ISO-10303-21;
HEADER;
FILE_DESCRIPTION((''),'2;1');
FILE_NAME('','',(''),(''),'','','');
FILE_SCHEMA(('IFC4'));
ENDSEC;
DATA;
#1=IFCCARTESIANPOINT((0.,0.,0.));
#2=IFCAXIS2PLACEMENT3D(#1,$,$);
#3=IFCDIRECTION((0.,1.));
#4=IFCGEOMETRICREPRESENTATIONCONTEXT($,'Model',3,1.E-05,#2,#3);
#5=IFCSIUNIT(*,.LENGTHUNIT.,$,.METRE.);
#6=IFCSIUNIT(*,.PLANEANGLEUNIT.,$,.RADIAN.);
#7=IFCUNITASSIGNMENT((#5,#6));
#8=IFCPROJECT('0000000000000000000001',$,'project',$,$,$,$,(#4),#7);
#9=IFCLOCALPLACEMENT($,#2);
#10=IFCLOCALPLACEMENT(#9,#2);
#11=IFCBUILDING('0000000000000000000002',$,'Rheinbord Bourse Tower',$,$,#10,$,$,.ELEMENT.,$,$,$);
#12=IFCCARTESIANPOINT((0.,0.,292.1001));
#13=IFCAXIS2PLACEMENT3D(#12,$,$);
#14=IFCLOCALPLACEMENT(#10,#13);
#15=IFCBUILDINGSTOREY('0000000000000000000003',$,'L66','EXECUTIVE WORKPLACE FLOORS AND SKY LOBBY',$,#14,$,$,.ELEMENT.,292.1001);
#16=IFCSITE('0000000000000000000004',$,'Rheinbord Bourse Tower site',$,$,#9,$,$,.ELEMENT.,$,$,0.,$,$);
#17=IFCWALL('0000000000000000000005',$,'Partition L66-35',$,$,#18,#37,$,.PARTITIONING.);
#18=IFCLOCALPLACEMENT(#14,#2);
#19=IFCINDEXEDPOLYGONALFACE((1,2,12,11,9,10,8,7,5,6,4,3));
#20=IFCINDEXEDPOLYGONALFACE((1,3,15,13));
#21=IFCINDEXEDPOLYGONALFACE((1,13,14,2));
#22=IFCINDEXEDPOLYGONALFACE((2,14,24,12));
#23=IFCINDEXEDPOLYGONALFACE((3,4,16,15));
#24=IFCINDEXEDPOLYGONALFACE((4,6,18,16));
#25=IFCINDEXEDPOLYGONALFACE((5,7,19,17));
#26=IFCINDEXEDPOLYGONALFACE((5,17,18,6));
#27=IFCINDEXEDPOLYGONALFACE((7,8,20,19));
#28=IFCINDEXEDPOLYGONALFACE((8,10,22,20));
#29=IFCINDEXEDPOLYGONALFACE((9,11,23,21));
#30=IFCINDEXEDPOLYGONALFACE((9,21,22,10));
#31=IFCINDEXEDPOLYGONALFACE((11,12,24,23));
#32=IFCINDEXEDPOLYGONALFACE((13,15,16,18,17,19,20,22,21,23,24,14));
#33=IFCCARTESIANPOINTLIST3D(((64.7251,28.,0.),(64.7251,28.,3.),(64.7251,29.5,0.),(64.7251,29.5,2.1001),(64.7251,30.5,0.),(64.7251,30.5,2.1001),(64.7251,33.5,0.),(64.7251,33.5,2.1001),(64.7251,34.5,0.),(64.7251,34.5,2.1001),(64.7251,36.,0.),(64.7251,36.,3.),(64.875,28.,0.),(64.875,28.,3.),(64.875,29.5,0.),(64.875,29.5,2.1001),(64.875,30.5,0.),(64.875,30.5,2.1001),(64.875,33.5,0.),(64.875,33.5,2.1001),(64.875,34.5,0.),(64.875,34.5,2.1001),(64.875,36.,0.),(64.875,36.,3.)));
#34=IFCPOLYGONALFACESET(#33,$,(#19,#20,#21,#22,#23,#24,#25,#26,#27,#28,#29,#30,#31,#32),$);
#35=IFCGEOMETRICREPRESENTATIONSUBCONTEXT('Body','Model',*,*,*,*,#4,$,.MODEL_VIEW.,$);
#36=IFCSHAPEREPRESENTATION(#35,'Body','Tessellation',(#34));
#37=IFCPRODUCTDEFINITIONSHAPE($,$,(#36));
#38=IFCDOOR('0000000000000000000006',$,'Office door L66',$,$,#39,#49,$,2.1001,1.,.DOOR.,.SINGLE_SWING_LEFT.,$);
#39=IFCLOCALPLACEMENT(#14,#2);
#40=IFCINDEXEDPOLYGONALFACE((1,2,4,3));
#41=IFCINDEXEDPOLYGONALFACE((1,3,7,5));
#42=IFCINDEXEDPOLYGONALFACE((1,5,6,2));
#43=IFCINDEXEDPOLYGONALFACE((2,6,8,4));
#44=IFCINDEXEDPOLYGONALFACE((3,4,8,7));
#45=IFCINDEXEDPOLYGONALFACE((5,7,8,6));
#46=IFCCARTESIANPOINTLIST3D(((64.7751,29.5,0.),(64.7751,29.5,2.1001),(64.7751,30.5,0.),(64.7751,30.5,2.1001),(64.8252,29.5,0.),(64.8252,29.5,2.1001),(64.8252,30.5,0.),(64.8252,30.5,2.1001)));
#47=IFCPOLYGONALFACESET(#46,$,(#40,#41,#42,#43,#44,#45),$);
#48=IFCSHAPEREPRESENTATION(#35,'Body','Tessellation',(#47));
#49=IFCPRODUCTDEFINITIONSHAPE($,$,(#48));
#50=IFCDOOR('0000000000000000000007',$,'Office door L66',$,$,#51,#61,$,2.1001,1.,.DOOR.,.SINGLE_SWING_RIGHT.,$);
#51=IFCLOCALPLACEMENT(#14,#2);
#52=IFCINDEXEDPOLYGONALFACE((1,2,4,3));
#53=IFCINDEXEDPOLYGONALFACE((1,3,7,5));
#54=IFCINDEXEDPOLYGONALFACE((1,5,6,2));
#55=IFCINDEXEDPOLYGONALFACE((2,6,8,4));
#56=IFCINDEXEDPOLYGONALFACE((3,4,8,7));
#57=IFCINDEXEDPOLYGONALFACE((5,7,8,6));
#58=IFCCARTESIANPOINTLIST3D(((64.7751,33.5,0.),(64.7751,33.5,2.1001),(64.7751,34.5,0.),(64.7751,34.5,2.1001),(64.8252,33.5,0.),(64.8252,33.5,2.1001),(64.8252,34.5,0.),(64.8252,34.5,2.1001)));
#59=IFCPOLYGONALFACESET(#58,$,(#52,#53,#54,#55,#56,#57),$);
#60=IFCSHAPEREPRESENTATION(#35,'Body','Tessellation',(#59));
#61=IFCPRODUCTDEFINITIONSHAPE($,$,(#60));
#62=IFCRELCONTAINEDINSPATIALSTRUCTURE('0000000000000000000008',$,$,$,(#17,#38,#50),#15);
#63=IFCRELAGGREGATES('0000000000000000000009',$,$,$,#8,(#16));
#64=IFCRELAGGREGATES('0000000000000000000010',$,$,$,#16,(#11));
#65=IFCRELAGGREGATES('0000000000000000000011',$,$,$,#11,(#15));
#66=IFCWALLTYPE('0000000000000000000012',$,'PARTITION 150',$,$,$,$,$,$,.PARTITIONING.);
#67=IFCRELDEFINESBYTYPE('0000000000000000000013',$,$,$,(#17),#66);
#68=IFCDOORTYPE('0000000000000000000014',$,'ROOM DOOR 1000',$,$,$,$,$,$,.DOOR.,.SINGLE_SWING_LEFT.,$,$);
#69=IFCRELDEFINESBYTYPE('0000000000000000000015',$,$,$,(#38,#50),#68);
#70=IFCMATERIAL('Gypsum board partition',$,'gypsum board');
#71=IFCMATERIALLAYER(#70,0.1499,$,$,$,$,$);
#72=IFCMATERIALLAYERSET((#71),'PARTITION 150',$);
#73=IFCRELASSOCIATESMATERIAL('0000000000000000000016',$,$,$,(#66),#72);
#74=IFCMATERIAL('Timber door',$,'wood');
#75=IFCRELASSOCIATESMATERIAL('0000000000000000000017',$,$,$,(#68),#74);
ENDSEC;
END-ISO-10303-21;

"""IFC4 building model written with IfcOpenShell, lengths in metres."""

from ifc_helpers import new_model, si_unit, direction, frame, frame_2d, origin, place, context, subcontext, project, spatial, rectangle, extrude, material, layer, layer_set, type_object, element, fill, save


model = new_model("IFC4")

# Units and contexts
model_context = context("Model", 3, precision=1e-05, world=origin(), true_north=direction((0.0, 1.0)))
body_context = subcontext(model_context, "Body", "Model", "MODEL_VIEW")
ifc_project = project(units=[si_unit("LENGTHUNIT", "METRE"), si_unit("PLANEANGLEUNIT", "RADIAN")], contexts=[model_context])

# Site, building, storey
site_placement = place(None, origin())
site = spatial("IfcSite", under=ifc_project, at=site_placement, Name="Rheinbord Bourse Tower site", CompositionType="ELEMENT", RefElevation=0.0)
building_placement = place(site_placement, origin())
building = spatial("IfcBuilding", under=site, at=building_placement, Name="Rheinbord Bourse Tower", CompositionType="ELEMENT")
storey_placement = place(building_placement, frame((0.0, 0.0, 292.1001)))
storey = spatial("IfcBuildingStorey", under=building, at=storey_placement, Name="L66", Description="EXECUTIVE WORKPLACE FLOORS AND SKY LOBBY", CompositionType="ELEMENT", Elevation=292.1001)

# Shared definitions
ifc_material_1 = material(Name="Gypsum board partition", Category="gypsum board")
ifc_layer_1 = layer(ifc_material_1, 0.1499)
ifc_layer_set_1 = layer_set([ifc_layer_1], Name="PARTITION 150")
wall_type_1 = type_object("IfcWallType", Name="PARTITION 150", PredefinedType="PARTITIONING", material=ifc_layer_set_1)

# Wall, openings, doors
wall_1_placement = place(storey_placement, frame((64.8, 28.0, 0.0), z_axis=(0.0, 0.0, 1.0), x_axis=(0.0, 1.0, 0.0)))
wall_1 = element("IfcWall", 1, at=wall_1_placement, inside=storey, type_object=wall_type_1, Name="Partition L66-35", PredefinedType="PARTITIONING", context=body_context, shape_type="SweptSolid", body=[
    extrude(rectangle(XDim=8.0, YDim=0.1499, at=frame_2d((4.0, 0.0))), origin(), (0.0, 0.0, 1.0), 3.0),
])
opening_1_placement = place(wall_1_placement, frame((1.5, 0.0, 0.0)))
opening_1 = element("IfcOpeningElement", 2, at=opening_1_placement, cuts=wall_1, PredefinedType="OPENING", context=body_context, shape_type="SweptSolid", body=[
    extrude(rectangle(XDim=1.0, YDim=2.1001, at=frame_2d((0.5, 1.05))), frame((0.0, 0.085, 0.0), z_axis=(0.0, -1.0, 0.0), x_axis=(1.0, 0.0, 0.0)), (0.0, 0.0, 1.0), 0.1699),
])
opening_2_placement = place(wall_1_placement, frame((5.5, 0.0, 0.0)))
opening_2 = element("IfcOpeningElement", 3, at=opening_2_placement, cuts=wall_1, PredefinedType="OPENING", context=body_context, shape_type="SweptSolid", body=[
    extrude(rectangle(XDim=1.0, YDim=2.1001, at=frame_2d((0.5, 1.05))), frame((0.0, 0.085, 0.0), z_axis=(0.0, -1.0, 0.0), x_axis=(1.0, 0.0, 0.0)), (0.0, 0.0, 1.0), 0.1699),
])
ifc_material_2 = material(Name="Timber door", Category="wood")
door_type = type_object("IfcDoorType", Name="ROOM DOOR 1000", OperationType="SINGLE_SWING_LEFT", PredefinedType="DOOR", material=ifc_material_2)
door_1_placement = place(opening_1_placement, origin())
door_1 = element("IfcDoor", 4, at=door_1_placement, inside=storey, type_object=door_type, Name="Office door L66", OperationType="SINGLE_SWING_LEFT", OverallHeight=2.1001, OverallWidth=1.0, PredefinedType="DOOR", context=body_context, shape_type="SweptSolid", body=[
    extrude(rectangle(XDim=1.0, YDim=2.1001, at=frame_2d((0.5, 1.05))), frame((0.0, 0.0249, 0.0), z_axis=(0.0, -1.0, 0.0), x_axis=(1.0, 0.0, 0.0)), (0.0, 0.0, 1.0), 0.05),
])
fill(opening_1, door_1)
door_2_placement = place(opening_2_placement, origin())
door_2 = element("IfcDoor", 5, at=door_2_placement, inside=storey, type_object=door_type, Name="Office door L66", OperationType="SINGLE_SWING_RIGHT", OverallHeight=2.1001, OverallWidth=1.0, PredefinedType="DOOR", context=body_context, shape_type="SweptSolid", body=[
    extrude(rectangle(XDim=1.0, YDim=2.1001, at=frame_2d((0.5, 1.05))), frame((0.0, 0.0249, 0.0), z_axis=(0.0, -1.0, 0.0), x_axis=(1.0, 0.0, 0.0)), (0.0, 0.0, 1.0), 0.05),
])
fill(opening_2, door_2)

save(model, "model.ifc")
